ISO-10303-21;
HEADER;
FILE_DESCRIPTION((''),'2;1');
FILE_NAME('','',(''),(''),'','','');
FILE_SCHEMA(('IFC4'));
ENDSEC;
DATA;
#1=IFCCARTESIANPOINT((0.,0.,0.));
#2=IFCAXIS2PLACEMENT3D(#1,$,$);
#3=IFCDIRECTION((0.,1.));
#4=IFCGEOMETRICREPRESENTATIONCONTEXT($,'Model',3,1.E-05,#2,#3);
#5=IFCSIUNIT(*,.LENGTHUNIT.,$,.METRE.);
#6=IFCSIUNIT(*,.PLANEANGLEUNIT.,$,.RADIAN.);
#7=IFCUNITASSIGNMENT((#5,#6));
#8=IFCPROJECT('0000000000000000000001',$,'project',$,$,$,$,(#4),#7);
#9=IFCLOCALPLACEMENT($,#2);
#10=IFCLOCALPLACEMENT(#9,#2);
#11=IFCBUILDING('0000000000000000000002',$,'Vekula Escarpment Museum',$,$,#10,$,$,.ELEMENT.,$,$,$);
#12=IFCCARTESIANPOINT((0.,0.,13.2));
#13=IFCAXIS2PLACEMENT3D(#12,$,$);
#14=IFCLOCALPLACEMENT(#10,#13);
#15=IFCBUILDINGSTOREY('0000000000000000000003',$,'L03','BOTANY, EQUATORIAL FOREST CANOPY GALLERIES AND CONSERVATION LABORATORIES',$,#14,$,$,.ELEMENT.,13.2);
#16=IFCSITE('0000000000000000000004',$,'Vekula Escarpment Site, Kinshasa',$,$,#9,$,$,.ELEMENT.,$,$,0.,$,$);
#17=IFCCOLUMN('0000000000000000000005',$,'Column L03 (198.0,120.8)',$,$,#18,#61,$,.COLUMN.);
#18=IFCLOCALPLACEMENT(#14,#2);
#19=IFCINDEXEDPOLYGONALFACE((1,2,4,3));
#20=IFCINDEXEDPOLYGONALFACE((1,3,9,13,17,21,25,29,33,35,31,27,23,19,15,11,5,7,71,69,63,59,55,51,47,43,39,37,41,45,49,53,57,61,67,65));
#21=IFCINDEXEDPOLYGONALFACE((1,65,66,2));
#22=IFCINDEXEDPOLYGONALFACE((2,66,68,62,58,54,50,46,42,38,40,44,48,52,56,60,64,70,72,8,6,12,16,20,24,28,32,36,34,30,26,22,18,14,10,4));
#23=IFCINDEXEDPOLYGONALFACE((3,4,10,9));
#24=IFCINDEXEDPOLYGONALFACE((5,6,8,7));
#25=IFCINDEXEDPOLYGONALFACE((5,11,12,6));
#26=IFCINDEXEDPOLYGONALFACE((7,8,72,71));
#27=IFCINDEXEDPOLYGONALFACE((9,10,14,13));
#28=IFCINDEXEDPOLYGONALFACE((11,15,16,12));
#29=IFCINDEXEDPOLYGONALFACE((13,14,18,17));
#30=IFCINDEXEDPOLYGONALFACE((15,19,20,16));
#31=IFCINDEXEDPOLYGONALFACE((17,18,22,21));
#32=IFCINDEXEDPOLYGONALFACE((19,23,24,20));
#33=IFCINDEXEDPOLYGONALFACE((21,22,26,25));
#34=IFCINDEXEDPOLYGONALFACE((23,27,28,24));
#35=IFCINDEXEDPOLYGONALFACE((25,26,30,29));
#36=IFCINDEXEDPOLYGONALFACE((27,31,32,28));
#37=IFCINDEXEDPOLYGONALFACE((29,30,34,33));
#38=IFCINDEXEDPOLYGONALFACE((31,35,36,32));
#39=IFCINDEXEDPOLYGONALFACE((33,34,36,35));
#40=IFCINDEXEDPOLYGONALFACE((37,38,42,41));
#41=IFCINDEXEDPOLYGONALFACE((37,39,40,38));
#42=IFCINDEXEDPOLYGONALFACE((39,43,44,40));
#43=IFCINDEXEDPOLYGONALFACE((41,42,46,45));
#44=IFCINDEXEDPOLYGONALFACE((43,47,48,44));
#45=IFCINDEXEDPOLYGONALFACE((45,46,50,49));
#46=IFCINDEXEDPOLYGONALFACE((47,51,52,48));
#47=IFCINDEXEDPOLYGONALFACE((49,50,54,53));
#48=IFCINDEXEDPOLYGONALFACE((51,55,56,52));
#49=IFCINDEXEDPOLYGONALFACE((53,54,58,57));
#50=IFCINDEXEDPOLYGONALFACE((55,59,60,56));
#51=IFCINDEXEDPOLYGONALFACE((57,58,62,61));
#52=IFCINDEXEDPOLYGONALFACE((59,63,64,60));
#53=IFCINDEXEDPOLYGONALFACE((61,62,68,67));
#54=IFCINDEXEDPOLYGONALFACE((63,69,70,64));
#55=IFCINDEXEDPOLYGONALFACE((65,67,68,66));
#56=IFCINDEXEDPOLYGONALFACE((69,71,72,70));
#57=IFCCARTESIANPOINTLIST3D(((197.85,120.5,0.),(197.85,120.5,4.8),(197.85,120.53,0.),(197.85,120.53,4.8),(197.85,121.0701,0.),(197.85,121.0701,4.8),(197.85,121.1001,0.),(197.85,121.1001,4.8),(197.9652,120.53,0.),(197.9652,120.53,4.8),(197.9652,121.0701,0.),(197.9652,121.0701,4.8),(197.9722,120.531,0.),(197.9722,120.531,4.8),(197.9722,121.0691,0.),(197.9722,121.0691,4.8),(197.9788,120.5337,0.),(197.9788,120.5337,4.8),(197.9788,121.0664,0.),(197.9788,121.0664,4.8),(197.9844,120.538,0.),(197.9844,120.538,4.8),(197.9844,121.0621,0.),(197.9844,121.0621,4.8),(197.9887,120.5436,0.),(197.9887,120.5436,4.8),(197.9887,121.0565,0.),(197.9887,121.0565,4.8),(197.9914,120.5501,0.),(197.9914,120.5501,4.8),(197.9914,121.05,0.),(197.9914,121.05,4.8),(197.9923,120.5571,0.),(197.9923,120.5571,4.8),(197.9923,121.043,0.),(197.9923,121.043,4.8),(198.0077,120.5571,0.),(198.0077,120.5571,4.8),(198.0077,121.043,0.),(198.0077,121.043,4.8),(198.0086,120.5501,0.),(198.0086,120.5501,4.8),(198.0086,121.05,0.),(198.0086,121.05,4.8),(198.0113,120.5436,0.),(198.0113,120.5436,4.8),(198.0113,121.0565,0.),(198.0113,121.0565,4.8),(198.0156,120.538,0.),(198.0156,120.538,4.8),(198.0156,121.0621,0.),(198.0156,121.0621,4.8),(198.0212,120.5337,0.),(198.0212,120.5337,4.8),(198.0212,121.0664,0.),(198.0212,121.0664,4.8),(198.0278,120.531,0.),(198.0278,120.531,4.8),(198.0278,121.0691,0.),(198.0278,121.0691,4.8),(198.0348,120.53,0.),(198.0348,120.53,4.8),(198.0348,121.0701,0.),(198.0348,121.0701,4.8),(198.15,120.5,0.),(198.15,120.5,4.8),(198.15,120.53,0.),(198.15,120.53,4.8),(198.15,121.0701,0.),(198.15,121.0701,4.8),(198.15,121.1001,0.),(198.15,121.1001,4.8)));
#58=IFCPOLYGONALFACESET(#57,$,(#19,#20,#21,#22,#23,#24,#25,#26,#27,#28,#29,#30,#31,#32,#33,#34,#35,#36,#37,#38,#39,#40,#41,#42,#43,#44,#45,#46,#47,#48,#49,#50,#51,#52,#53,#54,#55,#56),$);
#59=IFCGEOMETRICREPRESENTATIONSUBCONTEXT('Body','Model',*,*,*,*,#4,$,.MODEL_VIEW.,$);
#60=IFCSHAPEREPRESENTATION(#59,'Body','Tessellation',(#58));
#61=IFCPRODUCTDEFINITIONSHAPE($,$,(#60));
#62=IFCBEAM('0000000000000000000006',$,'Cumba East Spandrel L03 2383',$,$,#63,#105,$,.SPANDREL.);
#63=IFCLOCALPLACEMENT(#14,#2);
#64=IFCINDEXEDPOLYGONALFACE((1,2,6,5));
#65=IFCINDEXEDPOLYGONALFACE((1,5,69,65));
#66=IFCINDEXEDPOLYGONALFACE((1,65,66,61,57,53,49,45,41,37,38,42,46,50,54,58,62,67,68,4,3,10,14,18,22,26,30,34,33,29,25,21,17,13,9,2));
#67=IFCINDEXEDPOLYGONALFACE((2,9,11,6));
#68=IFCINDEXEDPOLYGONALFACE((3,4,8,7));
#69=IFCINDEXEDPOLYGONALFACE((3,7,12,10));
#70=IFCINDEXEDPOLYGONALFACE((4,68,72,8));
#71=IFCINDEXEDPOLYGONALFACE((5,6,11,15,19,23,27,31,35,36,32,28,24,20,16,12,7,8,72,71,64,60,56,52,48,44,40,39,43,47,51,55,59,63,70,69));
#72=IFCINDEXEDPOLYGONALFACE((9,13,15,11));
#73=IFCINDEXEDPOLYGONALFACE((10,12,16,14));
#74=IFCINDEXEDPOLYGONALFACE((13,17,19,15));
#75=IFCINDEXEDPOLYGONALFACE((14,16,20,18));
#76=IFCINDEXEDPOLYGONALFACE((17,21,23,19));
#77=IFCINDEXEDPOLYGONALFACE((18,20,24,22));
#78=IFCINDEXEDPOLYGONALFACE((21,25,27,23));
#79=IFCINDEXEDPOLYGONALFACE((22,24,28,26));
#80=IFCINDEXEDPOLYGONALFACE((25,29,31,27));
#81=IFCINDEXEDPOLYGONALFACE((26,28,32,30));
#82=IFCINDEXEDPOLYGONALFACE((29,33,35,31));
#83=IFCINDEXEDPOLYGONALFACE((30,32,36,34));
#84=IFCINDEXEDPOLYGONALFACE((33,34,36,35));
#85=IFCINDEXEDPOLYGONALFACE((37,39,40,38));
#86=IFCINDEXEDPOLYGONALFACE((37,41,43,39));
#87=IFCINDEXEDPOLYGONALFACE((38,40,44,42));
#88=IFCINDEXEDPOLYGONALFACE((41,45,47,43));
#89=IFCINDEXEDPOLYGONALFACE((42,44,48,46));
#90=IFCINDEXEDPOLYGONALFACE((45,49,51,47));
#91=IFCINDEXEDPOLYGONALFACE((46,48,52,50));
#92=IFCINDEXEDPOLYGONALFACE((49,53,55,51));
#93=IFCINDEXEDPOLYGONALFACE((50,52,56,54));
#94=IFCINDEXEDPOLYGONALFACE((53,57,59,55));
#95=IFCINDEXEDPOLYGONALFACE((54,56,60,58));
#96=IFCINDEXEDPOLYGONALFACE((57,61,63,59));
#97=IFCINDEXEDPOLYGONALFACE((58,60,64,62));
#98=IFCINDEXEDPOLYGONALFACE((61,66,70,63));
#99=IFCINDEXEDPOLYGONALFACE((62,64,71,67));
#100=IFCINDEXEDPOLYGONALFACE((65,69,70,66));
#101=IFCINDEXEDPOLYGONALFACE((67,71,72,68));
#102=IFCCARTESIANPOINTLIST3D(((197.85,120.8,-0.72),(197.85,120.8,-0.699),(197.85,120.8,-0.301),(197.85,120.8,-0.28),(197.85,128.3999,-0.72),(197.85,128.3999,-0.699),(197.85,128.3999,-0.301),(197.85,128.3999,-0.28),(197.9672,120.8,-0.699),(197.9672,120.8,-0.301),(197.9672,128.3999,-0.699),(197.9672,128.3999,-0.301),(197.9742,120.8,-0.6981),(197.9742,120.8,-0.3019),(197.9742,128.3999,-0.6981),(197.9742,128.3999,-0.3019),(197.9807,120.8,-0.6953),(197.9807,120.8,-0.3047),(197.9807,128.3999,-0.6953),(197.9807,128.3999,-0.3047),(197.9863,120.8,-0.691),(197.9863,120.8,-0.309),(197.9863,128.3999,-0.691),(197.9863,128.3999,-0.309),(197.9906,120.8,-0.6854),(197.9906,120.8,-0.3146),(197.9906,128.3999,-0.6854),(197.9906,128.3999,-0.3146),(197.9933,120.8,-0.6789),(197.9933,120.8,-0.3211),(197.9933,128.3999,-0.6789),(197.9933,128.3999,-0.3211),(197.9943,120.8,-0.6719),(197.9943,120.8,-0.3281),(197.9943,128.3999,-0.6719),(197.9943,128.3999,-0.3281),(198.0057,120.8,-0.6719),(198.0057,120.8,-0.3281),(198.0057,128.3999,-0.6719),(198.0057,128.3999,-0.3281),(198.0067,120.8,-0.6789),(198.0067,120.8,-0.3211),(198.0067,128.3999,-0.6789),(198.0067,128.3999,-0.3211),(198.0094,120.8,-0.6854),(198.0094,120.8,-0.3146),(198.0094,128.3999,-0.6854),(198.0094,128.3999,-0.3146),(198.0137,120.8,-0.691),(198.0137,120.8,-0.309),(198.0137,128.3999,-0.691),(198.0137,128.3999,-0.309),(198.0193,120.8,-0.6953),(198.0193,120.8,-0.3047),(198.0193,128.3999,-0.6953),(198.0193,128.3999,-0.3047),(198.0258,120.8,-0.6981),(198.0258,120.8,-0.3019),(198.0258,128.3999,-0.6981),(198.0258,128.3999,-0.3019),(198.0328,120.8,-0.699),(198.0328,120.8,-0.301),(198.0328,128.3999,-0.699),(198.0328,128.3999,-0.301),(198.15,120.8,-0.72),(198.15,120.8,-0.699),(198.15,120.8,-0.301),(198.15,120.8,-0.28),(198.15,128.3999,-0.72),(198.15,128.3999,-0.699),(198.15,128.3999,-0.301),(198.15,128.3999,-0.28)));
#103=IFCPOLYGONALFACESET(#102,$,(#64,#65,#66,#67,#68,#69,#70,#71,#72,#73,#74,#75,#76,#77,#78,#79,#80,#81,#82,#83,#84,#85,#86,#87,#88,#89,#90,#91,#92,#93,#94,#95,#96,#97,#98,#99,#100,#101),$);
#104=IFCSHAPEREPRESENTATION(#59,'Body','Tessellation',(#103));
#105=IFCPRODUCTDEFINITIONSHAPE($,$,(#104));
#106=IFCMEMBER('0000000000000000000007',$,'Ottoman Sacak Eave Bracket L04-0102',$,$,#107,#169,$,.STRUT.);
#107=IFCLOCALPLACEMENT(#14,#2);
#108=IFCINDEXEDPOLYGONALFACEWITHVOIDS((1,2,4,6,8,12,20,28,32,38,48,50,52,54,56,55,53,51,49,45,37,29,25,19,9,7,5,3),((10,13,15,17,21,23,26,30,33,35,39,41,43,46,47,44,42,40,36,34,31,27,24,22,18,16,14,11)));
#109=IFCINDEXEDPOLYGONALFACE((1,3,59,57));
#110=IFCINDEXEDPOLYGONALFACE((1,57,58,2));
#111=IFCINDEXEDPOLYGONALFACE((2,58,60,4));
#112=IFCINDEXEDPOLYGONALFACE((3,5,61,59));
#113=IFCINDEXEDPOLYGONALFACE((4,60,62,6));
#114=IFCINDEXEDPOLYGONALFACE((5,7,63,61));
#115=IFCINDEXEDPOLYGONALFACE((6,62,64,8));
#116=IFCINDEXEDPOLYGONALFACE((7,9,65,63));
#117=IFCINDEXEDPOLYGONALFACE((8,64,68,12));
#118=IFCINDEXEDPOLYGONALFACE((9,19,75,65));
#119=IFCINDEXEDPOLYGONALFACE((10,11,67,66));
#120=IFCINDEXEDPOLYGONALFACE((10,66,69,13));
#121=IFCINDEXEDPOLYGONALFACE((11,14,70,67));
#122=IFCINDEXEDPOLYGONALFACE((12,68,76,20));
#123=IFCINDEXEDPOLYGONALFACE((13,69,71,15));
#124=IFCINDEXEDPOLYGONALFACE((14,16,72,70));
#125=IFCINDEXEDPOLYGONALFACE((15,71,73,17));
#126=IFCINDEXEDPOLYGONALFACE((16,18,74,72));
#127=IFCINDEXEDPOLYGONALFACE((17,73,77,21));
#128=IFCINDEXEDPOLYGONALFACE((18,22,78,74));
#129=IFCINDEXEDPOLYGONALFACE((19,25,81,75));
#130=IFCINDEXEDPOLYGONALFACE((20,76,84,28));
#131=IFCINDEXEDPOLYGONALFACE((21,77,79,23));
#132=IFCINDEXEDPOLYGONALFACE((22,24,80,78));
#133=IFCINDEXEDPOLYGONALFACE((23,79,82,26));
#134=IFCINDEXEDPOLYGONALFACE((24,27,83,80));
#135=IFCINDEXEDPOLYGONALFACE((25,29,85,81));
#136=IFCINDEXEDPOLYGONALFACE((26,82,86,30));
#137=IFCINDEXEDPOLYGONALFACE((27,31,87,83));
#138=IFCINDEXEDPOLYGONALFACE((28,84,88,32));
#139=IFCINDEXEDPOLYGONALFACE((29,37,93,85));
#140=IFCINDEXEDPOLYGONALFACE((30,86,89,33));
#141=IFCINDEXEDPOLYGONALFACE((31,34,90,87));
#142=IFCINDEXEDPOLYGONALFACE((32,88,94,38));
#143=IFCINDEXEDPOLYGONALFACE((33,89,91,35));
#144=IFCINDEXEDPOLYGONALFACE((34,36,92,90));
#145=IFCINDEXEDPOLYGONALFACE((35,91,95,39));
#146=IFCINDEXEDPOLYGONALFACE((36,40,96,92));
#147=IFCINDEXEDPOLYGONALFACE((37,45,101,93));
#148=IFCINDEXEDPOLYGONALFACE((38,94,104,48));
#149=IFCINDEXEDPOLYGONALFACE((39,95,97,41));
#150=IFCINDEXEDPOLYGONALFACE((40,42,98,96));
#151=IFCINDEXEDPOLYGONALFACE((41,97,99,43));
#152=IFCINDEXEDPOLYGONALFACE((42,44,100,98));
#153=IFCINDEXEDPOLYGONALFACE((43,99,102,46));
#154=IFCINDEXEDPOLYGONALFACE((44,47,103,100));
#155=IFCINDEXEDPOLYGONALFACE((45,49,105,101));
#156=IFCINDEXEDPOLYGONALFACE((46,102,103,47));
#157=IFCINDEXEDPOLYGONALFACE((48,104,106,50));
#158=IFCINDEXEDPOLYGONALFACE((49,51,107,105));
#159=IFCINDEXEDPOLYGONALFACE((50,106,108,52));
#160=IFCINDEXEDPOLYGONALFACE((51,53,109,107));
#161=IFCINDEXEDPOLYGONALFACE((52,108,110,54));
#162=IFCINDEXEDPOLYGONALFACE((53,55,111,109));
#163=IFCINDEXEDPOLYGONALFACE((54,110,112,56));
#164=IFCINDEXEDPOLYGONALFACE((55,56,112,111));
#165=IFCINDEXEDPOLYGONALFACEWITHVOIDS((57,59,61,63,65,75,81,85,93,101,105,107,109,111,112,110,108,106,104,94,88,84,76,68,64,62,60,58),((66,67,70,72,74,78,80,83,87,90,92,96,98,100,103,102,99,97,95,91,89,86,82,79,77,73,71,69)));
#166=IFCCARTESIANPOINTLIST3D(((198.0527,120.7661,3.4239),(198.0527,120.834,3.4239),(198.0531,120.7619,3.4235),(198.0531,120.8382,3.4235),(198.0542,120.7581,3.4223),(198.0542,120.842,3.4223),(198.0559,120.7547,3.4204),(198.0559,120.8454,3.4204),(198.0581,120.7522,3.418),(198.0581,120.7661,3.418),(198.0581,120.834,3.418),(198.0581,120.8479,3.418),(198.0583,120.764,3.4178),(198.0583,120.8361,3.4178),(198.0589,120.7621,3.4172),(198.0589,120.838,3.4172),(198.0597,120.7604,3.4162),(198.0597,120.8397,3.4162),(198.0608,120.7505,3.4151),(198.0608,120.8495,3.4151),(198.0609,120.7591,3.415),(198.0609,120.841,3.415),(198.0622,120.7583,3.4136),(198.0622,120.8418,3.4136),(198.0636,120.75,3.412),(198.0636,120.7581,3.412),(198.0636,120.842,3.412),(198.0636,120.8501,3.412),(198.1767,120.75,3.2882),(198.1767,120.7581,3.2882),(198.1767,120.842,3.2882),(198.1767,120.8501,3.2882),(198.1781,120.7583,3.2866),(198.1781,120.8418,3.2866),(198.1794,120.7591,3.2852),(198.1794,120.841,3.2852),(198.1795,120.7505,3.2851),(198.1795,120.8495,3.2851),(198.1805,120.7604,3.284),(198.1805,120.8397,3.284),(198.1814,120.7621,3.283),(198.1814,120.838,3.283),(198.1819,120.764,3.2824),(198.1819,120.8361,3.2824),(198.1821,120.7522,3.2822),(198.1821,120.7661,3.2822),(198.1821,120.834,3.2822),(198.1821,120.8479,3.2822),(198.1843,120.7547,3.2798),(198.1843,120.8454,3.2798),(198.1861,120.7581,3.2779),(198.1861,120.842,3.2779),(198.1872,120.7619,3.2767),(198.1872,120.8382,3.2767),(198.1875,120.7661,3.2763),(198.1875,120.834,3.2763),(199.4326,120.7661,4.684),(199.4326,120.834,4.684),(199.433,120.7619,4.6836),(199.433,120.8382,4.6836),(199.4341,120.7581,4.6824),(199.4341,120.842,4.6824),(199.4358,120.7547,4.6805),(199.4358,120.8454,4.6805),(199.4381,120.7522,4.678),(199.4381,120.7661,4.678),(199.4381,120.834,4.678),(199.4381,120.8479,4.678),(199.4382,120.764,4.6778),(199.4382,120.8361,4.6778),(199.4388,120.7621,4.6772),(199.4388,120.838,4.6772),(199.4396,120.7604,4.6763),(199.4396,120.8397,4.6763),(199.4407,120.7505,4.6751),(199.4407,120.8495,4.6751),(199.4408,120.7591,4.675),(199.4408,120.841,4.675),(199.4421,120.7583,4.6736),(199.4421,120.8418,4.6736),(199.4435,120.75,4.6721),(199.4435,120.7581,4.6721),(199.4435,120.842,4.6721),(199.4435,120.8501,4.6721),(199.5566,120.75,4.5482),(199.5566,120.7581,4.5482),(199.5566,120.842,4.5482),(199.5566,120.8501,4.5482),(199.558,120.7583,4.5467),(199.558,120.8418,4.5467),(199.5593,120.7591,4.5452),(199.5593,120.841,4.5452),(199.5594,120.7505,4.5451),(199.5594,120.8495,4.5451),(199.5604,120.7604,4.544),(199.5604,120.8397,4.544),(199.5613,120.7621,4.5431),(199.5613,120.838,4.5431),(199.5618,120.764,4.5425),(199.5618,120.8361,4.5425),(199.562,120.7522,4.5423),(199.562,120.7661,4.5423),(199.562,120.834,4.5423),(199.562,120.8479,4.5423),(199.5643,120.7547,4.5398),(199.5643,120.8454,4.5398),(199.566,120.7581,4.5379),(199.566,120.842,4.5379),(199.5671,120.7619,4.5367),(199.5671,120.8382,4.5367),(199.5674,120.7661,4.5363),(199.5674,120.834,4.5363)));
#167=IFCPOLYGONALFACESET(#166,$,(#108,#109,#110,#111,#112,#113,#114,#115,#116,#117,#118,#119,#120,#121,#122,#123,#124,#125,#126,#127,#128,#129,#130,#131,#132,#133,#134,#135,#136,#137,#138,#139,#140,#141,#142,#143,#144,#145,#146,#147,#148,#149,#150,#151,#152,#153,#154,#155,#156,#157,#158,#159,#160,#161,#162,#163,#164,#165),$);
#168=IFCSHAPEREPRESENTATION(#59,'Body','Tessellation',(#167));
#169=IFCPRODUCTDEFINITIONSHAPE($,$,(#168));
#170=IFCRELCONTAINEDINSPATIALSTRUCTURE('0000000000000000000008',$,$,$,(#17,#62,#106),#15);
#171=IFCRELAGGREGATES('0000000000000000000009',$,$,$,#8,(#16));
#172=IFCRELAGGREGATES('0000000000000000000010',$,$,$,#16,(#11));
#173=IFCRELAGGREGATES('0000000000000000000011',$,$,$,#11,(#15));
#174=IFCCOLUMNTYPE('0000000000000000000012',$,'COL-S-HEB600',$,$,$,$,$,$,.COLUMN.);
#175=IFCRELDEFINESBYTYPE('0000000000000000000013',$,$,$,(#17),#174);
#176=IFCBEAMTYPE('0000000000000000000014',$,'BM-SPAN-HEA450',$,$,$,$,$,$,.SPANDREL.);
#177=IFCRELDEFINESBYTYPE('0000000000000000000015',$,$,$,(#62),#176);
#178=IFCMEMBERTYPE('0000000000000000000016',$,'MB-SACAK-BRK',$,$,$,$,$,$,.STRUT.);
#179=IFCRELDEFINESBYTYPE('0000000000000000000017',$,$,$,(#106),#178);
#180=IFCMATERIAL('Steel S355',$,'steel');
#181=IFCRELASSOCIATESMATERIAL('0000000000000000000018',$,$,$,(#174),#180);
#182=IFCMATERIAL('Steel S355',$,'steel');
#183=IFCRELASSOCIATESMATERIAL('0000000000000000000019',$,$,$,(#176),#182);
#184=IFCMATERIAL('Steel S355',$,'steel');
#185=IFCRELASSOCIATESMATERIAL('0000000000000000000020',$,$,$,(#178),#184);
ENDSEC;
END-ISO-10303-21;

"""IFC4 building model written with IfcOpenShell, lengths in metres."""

from ifc_helpers import new_model, si_unit, direction, frame, origin, origin_2d, place, context, subcontext, project, spatial, hollow_rectangle, i_section, extrude, material, material_profile, profile_set, type_object, element, save


model = new_model("IFC4")

# Units and contexts
model_context = context("Model", 3, precision=1e-05, world=origin(), true_north=direction((0.0, 1.0)))
body_context = subcontext(model_context, "Body", "Model", "MODEL_VIEW")
ifc_project = project(units=[si_unit("LENGTHUNIT", "METRE"), si_unit("PLANEANGLEUNIT", "RADIAN")], contexts=[model_context])

# Site, building, storey
site_placement = place(None, origin())
site = spatial("IfcSite", under=ifc_project, at=site_placement, Name="Vekula Escarpment Site, Kinshasa", CompositionType="ELEMENT", RefElevation=0.0)
building_placement = place(site_placement, origin())
building = spatial("IfcBuilding", under=site, at=building_placement, Name="Vekula Escarpment Museum", CompositionType="ELEMENT")
storey_placement = place(building_placement, frame((0.0, 0.0, 13.2)))
storey = spatial("IfcBuildingStorey", under=building, at=storey_placement, Name="L03", Description="BOTANY, EQUATORIAL FOREST CANOPY GALLERIES AND CONSERVATION LABORATORIES", CompositionType="ELEMENT", Elevation=13.2)

# Column
ifc_material_1 = material(Name="Steel S355", Category="steel")
ifc_material_profile_1 = material_profile(ifc_material_1, i_section(OverallWidth=0.3, OverallDepth=0.6001, WebThickness=0.0154, FlangeThickness=0.03, FilletRadius=0.0271, at=origin_2d()), Name="HEB 600")
ifc_profile_set_1 = profile_set([ifc_material_profile_1], Name="Steel S355")
column_type = type_object("IfcColumnType", Name="COL-S-HEB600", PredefinedType="COLUMN", material=ifc_profile_set_1)
column_placement = place(storey_placement, frame((198.0, 120.8, 0.0), z_axis=(0.0, 0.0, 1.0), x_axis=(1.0, 0.0, 0.0)))
element("IfcColumn", 1, at=column_placement, inside=storey, type_object=column_type, Name="Column L03 (198.0,120.8)", PredefinedType="COLUMN", context=body_context, shape_type="SweptSolid", body=[
    extrude(i_section(OverallWidth=0.3, OverallDepth=0.6001, WebThickness=0.0154, FlangeThickness=0.03, FilletRadius=0.0271, at=origin_2d()), origin(), (0.0, 0.0, 1.0), 4.8),
])

# Beam
ifc_material_2 = material(Name="Steel S355", Category="steel")
ifc_material_profile_2 = material_profile(ifc_material_2, i_section(OverallWidth=0.3, OverallDepth=0.4399, WebThickness=0.0115, FlangeThickness=0.021, FilletRadius=0.0271, at=origin_2d()), Name="HEA 450")
ifc_profile_set_2 = profile_set([ifc_material_profile_2], Name="Steel S355")
beam_type = type_object("IfcBeamType", Name="BM-SPAN-HEA450", PredefinedType="SPANDREL", material=ifc_profile_set_2)
beam_placement = place(storey_placement, frame((198.0, 120.8, -0.5), z_axis=(0.0, 1.0, 0.0), x_axis=(-1.0, 0.0, 0.0)))
element("IfcBeam", 2, at=beam_placement, inside=storey, type_object=beam_type, Name="Cumba East Spandrel L03 2383", PredefinedType="SPANDREL", context=body_context, shape_type="SweptSolid", body=[
    extrude(i_section(OverallWidth=0.3, OverallDepth=0.4399, WebThickness=0.0115, FlangeThickness=0.021, FilletRadius=0.0271, at=origin_2d()), origin(), (0.0, 0.0, 1.0), 7.5999),
])

# Member
ifc_material_3 = material(Name="Steel S355", Category="steel")
ifc_material_profile_3 = material_profile(ifc_material_3, hollow_rectangle(XDim=0.1001, YDim=0.2, WallThickness=0.0081, InnerFilletRadius=0.0081, OuterFilletRadius=0.0161, at=origin_2d()), Name="RHS 200x100x8")
ifc_profile_set_3 = profile_set([ifc_material_profile_3], Name="Steel S355")
member_type = type_object("IfcMemberType", Name="MB-SACAK-BRK", PredefinedType="STRUT", material=ifc_profile_set_3)
for number, where, z_axis, x_axis, name in (
    (3, (198.1201, 120.8, 3.3501), (0.738454, 0.0, 0.674303), (0.0, 1.0, 0.0), "Ottoman Sacak Eave Bracket L04-0102"),
):
    element("IfcMember", number, at=place(storey_placement, frame(where, z_axis=z_axis, x_axis=x_axis)), inside=storey, type_object=member_type, Name=name, PredefinedType="STRUT", context=body_context, shape_type="SweptSolid", body=[
        extrude(hollow_rectangle(XDim=0.1001, YDim=0.2, WallThickness=0.0081, InnerFilletRadius=0.0081, OuterFilletRadius=0.0161, at=origin_2d()), origin(), (0.0, 0.0, 1.0), 1.8687),
    ])

save(model, "model.ifc")
